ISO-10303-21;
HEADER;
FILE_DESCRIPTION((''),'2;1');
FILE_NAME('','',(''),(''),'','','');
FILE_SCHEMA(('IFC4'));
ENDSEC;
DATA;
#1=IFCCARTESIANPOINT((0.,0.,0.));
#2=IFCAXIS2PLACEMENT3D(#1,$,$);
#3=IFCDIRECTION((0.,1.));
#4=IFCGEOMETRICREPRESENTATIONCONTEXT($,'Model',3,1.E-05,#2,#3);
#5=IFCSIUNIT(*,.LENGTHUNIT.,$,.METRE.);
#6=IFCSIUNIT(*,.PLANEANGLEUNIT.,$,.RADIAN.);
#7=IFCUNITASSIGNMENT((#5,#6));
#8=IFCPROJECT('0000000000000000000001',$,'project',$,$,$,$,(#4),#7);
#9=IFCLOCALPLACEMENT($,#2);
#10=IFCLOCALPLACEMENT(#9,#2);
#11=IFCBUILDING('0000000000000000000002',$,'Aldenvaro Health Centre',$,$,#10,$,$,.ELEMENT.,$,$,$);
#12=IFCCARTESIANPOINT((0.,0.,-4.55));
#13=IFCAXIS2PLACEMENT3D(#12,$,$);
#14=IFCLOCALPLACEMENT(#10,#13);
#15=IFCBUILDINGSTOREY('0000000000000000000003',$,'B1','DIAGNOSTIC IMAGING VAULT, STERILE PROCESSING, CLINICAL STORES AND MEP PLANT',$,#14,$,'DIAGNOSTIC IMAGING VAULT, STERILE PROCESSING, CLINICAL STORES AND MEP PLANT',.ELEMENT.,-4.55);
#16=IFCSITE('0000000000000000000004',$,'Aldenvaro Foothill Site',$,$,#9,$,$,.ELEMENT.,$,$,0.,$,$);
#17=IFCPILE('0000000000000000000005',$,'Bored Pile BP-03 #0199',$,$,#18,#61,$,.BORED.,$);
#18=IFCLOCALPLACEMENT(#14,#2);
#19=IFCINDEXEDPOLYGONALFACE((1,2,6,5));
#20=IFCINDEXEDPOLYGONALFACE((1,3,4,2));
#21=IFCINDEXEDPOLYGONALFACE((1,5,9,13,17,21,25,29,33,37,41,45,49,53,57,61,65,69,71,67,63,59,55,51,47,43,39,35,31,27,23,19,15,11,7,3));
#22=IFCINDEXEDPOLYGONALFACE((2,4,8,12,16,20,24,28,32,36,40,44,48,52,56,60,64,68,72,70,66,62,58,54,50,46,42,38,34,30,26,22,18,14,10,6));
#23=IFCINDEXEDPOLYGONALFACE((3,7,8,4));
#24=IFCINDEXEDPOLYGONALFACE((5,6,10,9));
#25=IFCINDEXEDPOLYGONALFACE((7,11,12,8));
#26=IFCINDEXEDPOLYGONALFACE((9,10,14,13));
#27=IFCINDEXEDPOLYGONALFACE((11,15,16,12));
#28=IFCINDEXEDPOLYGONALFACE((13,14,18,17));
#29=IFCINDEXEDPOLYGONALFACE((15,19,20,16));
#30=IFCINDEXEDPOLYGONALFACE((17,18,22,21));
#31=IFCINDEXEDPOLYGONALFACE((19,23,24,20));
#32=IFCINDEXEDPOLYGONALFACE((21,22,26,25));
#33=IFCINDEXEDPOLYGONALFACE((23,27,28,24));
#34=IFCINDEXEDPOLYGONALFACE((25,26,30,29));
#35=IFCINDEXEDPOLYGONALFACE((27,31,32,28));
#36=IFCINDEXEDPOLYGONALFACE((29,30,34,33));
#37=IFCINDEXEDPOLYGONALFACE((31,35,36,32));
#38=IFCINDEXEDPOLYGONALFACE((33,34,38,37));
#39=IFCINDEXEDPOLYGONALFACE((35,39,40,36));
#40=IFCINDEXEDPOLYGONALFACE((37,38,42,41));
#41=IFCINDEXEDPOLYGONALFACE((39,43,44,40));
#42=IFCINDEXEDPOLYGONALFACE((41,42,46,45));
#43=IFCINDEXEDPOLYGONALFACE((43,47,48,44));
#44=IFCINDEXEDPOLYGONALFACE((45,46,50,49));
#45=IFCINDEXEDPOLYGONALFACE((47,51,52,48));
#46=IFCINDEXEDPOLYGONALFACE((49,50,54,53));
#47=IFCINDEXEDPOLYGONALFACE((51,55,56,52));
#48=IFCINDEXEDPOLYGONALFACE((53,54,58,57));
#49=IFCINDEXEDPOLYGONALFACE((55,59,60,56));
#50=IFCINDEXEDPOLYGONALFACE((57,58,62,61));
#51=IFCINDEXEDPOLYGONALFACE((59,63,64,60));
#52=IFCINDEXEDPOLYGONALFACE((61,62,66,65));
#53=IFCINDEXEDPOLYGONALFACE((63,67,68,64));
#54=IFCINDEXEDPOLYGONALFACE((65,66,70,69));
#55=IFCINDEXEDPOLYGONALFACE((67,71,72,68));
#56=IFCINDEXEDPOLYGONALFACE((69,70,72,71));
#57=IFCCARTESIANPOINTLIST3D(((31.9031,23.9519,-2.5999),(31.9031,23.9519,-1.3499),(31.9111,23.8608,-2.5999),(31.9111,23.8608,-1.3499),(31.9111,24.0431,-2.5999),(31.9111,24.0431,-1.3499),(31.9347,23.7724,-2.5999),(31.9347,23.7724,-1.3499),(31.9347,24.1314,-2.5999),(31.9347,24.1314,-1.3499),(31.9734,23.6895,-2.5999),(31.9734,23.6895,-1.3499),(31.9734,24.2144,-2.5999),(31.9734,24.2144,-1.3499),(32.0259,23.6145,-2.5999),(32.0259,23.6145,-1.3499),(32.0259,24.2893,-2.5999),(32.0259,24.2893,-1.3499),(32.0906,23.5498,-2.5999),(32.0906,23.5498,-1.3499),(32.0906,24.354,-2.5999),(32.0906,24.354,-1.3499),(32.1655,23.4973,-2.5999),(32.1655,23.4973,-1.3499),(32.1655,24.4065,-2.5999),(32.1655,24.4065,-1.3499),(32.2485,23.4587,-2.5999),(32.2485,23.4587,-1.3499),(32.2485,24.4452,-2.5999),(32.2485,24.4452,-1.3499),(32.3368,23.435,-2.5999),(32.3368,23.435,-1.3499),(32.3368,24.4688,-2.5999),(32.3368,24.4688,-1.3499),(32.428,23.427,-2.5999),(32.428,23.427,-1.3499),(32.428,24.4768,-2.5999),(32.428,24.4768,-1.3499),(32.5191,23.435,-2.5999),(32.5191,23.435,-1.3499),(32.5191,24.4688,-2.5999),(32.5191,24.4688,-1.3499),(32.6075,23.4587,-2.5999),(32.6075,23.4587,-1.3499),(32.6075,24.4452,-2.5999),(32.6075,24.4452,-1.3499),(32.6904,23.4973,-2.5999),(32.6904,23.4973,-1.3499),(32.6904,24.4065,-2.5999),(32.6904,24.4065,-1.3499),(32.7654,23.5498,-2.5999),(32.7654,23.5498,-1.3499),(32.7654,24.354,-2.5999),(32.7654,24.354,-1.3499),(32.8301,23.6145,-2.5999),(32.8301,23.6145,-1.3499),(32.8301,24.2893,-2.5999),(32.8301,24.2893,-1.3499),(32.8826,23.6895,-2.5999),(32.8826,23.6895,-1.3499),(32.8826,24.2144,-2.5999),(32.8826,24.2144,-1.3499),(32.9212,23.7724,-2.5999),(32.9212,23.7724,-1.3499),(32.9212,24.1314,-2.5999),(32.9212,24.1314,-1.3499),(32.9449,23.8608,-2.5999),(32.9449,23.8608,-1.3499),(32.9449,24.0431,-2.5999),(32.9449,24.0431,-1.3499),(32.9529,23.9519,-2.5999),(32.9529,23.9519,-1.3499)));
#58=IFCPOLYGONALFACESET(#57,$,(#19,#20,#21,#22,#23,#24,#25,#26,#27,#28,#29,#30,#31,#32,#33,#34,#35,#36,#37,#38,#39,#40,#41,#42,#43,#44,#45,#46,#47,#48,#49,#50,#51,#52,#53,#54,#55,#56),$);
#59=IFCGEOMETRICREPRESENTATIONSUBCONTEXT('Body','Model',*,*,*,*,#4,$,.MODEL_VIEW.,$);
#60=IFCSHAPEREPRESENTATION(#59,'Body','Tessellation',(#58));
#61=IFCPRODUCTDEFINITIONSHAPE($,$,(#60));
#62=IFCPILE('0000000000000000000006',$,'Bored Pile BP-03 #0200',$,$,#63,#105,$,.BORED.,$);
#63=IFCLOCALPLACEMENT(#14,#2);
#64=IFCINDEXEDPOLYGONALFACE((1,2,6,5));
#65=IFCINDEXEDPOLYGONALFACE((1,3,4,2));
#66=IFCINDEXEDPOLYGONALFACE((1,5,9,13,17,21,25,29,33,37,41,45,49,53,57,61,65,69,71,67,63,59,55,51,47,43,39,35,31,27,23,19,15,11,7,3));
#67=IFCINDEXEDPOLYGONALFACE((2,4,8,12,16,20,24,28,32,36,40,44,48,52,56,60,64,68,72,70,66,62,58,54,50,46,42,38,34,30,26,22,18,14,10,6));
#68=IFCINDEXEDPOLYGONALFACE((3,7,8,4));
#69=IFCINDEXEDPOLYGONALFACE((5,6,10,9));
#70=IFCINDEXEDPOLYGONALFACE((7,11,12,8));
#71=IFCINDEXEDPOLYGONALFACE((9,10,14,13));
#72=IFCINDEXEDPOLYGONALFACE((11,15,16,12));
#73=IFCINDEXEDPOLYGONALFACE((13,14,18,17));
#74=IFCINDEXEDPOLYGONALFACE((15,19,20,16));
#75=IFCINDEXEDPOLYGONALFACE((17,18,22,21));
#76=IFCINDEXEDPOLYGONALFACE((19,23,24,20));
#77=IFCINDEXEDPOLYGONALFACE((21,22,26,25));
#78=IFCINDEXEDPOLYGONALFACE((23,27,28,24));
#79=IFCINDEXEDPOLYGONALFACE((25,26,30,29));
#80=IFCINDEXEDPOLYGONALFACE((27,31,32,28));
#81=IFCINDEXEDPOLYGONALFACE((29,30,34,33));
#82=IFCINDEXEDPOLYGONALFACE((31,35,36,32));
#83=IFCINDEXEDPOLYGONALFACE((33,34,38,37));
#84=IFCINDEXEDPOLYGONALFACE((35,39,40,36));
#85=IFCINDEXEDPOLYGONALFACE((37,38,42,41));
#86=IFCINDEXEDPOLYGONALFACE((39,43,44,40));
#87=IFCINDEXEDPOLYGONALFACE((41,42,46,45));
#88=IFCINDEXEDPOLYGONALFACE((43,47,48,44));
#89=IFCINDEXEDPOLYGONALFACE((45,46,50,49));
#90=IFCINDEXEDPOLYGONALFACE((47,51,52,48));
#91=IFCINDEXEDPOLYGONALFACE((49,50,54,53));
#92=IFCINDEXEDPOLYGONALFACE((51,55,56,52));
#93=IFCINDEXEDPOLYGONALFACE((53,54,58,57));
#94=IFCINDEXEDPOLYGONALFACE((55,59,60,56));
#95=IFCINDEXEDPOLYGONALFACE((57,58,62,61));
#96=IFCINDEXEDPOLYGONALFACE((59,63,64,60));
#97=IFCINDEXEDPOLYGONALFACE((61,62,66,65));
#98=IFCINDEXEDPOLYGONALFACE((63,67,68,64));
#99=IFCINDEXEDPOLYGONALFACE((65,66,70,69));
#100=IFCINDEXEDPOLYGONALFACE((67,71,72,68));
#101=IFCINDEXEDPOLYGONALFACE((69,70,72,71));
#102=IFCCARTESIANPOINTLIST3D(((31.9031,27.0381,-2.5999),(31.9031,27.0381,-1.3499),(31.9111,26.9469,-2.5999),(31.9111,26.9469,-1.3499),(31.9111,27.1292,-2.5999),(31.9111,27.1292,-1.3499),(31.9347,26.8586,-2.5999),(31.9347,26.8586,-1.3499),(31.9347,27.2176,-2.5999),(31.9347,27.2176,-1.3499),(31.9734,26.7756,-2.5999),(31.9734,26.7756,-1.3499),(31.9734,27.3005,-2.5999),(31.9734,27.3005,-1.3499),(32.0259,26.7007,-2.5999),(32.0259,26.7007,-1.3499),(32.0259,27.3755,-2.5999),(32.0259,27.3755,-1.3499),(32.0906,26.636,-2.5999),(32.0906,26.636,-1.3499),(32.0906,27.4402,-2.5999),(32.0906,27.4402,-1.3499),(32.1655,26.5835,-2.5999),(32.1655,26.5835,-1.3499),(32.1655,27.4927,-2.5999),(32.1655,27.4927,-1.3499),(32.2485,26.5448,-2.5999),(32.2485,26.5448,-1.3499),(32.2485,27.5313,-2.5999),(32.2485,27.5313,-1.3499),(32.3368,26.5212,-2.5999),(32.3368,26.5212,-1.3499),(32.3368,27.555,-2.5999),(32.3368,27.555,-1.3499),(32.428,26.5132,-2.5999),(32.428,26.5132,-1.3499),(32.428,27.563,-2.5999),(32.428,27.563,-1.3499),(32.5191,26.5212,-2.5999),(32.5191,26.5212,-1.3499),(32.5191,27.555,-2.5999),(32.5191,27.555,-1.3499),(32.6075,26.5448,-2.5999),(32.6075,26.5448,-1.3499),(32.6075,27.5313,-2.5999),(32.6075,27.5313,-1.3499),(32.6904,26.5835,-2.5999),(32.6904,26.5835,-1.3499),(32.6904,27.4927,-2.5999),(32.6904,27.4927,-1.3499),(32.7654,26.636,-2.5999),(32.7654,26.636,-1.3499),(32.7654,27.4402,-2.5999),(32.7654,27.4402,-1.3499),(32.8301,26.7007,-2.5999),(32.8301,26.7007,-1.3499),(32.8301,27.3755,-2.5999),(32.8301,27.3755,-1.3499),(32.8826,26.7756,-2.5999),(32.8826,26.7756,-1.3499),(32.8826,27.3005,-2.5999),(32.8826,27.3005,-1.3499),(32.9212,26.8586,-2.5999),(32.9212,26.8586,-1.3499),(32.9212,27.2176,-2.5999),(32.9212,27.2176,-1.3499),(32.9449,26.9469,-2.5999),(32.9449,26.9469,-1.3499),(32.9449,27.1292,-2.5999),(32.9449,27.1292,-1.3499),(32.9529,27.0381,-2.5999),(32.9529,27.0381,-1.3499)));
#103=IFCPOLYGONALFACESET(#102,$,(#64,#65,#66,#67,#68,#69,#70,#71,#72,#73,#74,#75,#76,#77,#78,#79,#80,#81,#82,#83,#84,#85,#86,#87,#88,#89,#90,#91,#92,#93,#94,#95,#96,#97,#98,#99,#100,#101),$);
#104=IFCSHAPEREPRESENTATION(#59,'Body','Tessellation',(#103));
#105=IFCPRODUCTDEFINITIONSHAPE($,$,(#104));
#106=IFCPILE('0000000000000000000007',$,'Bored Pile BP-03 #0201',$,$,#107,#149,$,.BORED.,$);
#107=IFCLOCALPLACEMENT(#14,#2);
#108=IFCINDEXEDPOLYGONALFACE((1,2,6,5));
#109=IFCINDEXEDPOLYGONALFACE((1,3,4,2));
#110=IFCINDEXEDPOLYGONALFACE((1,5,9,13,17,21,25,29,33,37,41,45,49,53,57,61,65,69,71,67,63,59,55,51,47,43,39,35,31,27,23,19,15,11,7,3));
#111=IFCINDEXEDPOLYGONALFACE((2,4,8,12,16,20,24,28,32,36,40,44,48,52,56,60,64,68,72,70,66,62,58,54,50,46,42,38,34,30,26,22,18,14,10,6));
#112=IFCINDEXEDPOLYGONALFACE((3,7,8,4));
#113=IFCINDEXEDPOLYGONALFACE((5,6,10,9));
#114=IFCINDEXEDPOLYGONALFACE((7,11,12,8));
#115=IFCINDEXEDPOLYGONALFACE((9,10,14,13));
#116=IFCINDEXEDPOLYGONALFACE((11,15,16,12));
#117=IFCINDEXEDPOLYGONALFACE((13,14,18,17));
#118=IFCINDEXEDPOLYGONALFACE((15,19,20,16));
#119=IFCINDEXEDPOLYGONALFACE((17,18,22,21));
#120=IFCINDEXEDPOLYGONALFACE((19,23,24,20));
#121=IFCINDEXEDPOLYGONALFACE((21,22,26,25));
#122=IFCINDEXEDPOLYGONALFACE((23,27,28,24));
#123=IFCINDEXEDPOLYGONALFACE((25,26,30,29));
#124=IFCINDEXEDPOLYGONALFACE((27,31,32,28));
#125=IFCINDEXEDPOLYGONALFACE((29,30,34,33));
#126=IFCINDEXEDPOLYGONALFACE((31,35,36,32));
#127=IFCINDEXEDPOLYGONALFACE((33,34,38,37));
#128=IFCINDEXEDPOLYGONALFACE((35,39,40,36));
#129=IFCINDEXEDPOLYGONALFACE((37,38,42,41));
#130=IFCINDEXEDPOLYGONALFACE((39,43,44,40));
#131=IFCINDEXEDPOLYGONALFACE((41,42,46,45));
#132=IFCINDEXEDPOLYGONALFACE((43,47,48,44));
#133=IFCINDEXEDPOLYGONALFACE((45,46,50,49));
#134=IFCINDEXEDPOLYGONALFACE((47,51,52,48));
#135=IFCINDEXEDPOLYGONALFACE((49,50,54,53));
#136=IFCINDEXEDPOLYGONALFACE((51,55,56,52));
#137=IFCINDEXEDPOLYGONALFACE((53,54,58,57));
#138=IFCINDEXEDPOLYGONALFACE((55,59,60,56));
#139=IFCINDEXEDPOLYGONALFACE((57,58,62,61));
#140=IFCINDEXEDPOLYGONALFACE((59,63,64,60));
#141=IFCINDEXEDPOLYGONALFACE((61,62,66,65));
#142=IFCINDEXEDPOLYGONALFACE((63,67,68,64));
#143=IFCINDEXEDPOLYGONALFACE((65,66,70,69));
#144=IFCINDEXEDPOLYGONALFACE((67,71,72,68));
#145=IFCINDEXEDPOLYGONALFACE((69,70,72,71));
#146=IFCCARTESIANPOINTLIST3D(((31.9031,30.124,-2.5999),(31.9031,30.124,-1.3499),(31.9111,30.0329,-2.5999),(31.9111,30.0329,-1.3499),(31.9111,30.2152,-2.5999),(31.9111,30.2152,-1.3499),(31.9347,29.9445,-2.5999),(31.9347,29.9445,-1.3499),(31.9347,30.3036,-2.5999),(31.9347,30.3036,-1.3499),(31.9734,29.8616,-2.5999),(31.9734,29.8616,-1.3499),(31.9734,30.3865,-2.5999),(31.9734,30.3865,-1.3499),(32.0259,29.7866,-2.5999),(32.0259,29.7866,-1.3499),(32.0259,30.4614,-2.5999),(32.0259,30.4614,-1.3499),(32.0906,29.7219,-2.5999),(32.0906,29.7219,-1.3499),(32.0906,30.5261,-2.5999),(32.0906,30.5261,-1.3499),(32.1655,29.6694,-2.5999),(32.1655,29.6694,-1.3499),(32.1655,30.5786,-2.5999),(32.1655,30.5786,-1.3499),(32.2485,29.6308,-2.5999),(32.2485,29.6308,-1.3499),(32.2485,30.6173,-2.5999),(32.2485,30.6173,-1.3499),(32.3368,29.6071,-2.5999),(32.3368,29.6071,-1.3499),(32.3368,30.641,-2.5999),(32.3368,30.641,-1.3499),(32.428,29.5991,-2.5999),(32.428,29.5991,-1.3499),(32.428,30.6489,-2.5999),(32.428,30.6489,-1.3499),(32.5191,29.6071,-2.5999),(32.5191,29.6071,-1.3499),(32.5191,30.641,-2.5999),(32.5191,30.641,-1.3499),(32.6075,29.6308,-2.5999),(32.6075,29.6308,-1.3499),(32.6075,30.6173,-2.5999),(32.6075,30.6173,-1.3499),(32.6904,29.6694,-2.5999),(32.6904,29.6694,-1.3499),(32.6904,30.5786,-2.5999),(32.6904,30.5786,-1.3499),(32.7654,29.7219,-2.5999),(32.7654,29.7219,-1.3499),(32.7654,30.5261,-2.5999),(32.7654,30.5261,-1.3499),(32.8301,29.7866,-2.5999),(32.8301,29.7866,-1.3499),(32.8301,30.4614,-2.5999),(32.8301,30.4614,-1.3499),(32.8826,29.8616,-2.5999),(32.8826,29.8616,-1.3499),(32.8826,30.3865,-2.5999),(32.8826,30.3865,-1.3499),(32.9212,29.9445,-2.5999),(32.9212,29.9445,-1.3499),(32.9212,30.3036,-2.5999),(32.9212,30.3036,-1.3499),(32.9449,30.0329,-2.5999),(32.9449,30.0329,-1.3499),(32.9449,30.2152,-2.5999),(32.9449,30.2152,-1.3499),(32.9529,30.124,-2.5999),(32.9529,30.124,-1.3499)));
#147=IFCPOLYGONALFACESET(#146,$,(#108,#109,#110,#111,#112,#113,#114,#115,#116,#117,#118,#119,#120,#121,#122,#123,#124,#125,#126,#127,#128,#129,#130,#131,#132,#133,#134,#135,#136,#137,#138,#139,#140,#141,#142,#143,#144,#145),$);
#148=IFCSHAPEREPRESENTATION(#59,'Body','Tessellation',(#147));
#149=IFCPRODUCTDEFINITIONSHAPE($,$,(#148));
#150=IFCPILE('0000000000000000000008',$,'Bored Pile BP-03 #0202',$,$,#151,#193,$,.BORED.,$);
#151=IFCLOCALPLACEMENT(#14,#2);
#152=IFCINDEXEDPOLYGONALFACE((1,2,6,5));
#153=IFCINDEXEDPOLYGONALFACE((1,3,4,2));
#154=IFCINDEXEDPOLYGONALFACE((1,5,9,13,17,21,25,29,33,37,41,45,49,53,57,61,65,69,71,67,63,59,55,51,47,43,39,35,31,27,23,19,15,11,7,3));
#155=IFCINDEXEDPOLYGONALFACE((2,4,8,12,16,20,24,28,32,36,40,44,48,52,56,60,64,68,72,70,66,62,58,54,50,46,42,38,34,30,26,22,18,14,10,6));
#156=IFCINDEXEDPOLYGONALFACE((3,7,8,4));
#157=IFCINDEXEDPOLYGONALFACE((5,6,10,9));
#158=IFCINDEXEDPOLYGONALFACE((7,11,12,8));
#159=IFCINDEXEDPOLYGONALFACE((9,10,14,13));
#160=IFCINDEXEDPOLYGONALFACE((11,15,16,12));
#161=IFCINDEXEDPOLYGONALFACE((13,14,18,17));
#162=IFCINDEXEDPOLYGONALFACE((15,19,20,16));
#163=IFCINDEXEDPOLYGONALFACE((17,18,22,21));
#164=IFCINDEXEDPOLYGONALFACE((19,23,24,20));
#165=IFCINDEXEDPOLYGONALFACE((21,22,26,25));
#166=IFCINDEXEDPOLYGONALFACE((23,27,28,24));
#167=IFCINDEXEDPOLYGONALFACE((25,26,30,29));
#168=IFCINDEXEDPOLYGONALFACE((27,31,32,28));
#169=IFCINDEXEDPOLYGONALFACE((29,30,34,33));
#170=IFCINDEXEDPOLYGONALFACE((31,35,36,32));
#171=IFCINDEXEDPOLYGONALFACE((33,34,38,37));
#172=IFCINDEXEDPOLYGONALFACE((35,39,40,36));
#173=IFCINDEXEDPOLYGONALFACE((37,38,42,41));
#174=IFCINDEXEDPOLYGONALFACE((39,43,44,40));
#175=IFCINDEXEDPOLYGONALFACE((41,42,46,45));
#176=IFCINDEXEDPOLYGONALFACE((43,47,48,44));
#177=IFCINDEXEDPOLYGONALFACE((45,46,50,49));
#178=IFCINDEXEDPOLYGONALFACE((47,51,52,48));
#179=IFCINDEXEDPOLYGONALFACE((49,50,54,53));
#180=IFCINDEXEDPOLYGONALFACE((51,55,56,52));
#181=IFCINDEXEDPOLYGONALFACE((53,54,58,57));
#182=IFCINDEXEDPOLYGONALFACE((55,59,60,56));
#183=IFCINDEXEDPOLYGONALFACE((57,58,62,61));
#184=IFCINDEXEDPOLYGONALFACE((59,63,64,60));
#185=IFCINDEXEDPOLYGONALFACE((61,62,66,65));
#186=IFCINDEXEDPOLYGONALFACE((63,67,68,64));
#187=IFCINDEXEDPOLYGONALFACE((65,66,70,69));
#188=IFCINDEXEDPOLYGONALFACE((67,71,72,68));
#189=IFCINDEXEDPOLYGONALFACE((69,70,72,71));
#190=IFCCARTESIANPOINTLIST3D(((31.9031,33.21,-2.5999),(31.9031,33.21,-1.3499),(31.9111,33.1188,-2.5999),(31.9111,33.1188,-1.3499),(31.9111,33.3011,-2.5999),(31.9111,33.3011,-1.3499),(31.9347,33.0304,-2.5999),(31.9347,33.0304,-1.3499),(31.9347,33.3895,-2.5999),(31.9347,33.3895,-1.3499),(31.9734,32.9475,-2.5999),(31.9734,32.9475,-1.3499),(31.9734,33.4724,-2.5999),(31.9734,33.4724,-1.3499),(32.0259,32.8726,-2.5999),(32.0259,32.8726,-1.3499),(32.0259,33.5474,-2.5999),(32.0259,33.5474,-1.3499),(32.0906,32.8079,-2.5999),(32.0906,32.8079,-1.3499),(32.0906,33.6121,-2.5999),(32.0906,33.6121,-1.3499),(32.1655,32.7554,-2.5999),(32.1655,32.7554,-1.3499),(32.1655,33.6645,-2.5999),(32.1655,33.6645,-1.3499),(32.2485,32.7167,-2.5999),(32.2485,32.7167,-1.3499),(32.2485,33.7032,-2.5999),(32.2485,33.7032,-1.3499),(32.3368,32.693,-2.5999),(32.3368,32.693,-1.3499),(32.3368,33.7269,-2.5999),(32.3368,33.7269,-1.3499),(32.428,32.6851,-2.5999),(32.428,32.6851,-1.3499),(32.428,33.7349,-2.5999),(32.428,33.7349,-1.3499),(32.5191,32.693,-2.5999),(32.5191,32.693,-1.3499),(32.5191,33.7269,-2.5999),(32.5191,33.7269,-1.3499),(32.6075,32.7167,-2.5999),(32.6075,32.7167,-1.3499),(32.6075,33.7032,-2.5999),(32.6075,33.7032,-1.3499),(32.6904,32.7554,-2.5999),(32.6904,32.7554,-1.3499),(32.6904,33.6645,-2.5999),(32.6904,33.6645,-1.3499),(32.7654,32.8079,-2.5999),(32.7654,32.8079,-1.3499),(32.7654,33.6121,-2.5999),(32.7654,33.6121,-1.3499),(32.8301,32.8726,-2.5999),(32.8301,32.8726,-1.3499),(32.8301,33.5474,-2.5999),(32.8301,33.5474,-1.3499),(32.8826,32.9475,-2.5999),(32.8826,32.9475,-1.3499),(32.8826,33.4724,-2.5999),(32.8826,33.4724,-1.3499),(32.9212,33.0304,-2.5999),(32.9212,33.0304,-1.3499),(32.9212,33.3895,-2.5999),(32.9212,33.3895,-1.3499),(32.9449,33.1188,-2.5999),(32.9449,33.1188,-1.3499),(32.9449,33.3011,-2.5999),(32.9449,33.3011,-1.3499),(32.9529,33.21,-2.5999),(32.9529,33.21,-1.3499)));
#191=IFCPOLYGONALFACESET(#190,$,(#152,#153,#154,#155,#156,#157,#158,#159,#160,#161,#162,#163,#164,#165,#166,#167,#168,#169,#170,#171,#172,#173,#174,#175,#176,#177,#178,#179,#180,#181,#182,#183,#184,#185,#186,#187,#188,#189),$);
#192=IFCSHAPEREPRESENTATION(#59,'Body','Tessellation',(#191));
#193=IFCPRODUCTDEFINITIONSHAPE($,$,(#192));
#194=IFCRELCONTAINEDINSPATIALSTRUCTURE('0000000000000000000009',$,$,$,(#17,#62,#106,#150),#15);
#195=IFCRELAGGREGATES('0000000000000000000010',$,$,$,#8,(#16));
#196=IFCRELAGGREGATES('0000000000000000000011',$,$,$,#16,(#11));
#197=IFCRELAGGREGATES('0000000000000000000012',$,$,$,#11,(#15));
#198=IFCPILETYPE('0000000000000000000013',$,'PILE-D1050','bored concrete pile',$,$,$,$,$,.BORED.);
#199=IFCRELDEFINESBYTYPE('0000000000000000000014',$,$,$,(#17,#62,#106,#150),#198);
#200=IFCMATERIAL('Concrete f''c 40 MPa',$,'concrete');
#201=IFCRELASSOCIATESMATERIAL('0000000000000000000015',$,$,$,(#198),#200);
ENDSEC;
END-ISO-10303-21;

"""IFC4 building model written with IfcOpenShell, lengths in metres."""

from ifc_helpers import new_model, si_unit, direction, frame, origin, origin_2d, place, context, subcontext, project, spatial, circle, extrude, material, material_profile, profile_set, type_object, element, save


model = new_model("IFC4")

# Units and contexts
model_context = context("Model", 3, precision=1e-05, world=origin(), true_north=direction((0.0, 1.0)))
body_context = subcontext(model_context, "Body", "Model", "MODEL_VIEW")
ifc_project = project(units=[si_unit("LENGTHUNIT", "METRE"), si_unit("PLANEANGLEUNIT", "RADIAN")], contexts=[model_context])

# Site, building, storey
site_placement = place(None, origin())
site = spatial("IfcSite", under=ifc_project, at=site_placement, Name="Aldenvaro Foothill Site", CompositionType="ELEMENT", RefElevation=0.0)
building_placement = place(site_placement, origin())
building = spatial("IfcBuilding", under=site, at=building_placement, Name="Aldenvaro Health Centre", CompositionType="ELEMENT")
storey_placement = place(building_placement, frame((0.0, 0.0, -4.55)))
storey = spatial("IfcBuildingStorey", under=building, at=storey_placement, Name="B1", Description="DIAGNOSTIC IMAGING VAULT, STERILE PROCESSING, CLINICAL STORES AND MEP PLANT", LongName="DIAGNOSTIC IMAGING VAULT, STERILE PROCESSING, CLINICAL STORES AND MEP PLANT", CompositionType="ELEMENT", Elevation=-4.55)

# Piles
ifc_material_1 = material(Name="Concrete f'c 40 MPa", Category="concrete")
ifc_material_profile = material_profile(ifc_material_1, circle(Radius=0.5249, at=origin_2d()), Name="PILE D1050", Category="concrete")
ifc_profile_set = profile_set([ifc_material_profile], Name="Concrete f'c 40 MPa")
pile_type = type_object("IfcPileType", Name="PILE-D1050", Description="bored concrete pile", PredefinedType="BORED", material=ifc_profile_set)
for number, where, z_axis, x_axis, name in (
    (1, (32.428, 23.9519, -1.3499), (0.0, 0.0, -1.0), (1.0, 0.0, 0.0), "Bored Pile BP-03 #0199"),
    (2, (32.428, 27.0381, -1.3499), (0.0, 0.0, -1.0), (1.0, 0.0, 0.0), "Bored Pile BP-03 #0200"),
    (3, (32.428, 30.124, -1.3499), (0.0, 0.0, -1.0), (1.0, 0.0, 0.0), "Bored Pile BP-03 #0201"),
    (4, (32.428, 33.21, -1.3499), (0.0, 0.0, -1.0), (1.0, 0.0, 0.0), "Bored Pile BP-03 #0202"),
):
    element("IfcPile", number, at=place(storey_placement, frame(where, z_axis=z_axis, x_axis=x_axis)), inside=storey, type_object=pile_type, Name=name, PredefinedType="BORED", context=body_context, shape_type="SweptSolid", body=[
        extrude(circle(Radius=0.5249, at=origin_2d()), origin(), (0.0, 0.0, 1.0), 1.25),
    ])

save(model, "model.ifc")
